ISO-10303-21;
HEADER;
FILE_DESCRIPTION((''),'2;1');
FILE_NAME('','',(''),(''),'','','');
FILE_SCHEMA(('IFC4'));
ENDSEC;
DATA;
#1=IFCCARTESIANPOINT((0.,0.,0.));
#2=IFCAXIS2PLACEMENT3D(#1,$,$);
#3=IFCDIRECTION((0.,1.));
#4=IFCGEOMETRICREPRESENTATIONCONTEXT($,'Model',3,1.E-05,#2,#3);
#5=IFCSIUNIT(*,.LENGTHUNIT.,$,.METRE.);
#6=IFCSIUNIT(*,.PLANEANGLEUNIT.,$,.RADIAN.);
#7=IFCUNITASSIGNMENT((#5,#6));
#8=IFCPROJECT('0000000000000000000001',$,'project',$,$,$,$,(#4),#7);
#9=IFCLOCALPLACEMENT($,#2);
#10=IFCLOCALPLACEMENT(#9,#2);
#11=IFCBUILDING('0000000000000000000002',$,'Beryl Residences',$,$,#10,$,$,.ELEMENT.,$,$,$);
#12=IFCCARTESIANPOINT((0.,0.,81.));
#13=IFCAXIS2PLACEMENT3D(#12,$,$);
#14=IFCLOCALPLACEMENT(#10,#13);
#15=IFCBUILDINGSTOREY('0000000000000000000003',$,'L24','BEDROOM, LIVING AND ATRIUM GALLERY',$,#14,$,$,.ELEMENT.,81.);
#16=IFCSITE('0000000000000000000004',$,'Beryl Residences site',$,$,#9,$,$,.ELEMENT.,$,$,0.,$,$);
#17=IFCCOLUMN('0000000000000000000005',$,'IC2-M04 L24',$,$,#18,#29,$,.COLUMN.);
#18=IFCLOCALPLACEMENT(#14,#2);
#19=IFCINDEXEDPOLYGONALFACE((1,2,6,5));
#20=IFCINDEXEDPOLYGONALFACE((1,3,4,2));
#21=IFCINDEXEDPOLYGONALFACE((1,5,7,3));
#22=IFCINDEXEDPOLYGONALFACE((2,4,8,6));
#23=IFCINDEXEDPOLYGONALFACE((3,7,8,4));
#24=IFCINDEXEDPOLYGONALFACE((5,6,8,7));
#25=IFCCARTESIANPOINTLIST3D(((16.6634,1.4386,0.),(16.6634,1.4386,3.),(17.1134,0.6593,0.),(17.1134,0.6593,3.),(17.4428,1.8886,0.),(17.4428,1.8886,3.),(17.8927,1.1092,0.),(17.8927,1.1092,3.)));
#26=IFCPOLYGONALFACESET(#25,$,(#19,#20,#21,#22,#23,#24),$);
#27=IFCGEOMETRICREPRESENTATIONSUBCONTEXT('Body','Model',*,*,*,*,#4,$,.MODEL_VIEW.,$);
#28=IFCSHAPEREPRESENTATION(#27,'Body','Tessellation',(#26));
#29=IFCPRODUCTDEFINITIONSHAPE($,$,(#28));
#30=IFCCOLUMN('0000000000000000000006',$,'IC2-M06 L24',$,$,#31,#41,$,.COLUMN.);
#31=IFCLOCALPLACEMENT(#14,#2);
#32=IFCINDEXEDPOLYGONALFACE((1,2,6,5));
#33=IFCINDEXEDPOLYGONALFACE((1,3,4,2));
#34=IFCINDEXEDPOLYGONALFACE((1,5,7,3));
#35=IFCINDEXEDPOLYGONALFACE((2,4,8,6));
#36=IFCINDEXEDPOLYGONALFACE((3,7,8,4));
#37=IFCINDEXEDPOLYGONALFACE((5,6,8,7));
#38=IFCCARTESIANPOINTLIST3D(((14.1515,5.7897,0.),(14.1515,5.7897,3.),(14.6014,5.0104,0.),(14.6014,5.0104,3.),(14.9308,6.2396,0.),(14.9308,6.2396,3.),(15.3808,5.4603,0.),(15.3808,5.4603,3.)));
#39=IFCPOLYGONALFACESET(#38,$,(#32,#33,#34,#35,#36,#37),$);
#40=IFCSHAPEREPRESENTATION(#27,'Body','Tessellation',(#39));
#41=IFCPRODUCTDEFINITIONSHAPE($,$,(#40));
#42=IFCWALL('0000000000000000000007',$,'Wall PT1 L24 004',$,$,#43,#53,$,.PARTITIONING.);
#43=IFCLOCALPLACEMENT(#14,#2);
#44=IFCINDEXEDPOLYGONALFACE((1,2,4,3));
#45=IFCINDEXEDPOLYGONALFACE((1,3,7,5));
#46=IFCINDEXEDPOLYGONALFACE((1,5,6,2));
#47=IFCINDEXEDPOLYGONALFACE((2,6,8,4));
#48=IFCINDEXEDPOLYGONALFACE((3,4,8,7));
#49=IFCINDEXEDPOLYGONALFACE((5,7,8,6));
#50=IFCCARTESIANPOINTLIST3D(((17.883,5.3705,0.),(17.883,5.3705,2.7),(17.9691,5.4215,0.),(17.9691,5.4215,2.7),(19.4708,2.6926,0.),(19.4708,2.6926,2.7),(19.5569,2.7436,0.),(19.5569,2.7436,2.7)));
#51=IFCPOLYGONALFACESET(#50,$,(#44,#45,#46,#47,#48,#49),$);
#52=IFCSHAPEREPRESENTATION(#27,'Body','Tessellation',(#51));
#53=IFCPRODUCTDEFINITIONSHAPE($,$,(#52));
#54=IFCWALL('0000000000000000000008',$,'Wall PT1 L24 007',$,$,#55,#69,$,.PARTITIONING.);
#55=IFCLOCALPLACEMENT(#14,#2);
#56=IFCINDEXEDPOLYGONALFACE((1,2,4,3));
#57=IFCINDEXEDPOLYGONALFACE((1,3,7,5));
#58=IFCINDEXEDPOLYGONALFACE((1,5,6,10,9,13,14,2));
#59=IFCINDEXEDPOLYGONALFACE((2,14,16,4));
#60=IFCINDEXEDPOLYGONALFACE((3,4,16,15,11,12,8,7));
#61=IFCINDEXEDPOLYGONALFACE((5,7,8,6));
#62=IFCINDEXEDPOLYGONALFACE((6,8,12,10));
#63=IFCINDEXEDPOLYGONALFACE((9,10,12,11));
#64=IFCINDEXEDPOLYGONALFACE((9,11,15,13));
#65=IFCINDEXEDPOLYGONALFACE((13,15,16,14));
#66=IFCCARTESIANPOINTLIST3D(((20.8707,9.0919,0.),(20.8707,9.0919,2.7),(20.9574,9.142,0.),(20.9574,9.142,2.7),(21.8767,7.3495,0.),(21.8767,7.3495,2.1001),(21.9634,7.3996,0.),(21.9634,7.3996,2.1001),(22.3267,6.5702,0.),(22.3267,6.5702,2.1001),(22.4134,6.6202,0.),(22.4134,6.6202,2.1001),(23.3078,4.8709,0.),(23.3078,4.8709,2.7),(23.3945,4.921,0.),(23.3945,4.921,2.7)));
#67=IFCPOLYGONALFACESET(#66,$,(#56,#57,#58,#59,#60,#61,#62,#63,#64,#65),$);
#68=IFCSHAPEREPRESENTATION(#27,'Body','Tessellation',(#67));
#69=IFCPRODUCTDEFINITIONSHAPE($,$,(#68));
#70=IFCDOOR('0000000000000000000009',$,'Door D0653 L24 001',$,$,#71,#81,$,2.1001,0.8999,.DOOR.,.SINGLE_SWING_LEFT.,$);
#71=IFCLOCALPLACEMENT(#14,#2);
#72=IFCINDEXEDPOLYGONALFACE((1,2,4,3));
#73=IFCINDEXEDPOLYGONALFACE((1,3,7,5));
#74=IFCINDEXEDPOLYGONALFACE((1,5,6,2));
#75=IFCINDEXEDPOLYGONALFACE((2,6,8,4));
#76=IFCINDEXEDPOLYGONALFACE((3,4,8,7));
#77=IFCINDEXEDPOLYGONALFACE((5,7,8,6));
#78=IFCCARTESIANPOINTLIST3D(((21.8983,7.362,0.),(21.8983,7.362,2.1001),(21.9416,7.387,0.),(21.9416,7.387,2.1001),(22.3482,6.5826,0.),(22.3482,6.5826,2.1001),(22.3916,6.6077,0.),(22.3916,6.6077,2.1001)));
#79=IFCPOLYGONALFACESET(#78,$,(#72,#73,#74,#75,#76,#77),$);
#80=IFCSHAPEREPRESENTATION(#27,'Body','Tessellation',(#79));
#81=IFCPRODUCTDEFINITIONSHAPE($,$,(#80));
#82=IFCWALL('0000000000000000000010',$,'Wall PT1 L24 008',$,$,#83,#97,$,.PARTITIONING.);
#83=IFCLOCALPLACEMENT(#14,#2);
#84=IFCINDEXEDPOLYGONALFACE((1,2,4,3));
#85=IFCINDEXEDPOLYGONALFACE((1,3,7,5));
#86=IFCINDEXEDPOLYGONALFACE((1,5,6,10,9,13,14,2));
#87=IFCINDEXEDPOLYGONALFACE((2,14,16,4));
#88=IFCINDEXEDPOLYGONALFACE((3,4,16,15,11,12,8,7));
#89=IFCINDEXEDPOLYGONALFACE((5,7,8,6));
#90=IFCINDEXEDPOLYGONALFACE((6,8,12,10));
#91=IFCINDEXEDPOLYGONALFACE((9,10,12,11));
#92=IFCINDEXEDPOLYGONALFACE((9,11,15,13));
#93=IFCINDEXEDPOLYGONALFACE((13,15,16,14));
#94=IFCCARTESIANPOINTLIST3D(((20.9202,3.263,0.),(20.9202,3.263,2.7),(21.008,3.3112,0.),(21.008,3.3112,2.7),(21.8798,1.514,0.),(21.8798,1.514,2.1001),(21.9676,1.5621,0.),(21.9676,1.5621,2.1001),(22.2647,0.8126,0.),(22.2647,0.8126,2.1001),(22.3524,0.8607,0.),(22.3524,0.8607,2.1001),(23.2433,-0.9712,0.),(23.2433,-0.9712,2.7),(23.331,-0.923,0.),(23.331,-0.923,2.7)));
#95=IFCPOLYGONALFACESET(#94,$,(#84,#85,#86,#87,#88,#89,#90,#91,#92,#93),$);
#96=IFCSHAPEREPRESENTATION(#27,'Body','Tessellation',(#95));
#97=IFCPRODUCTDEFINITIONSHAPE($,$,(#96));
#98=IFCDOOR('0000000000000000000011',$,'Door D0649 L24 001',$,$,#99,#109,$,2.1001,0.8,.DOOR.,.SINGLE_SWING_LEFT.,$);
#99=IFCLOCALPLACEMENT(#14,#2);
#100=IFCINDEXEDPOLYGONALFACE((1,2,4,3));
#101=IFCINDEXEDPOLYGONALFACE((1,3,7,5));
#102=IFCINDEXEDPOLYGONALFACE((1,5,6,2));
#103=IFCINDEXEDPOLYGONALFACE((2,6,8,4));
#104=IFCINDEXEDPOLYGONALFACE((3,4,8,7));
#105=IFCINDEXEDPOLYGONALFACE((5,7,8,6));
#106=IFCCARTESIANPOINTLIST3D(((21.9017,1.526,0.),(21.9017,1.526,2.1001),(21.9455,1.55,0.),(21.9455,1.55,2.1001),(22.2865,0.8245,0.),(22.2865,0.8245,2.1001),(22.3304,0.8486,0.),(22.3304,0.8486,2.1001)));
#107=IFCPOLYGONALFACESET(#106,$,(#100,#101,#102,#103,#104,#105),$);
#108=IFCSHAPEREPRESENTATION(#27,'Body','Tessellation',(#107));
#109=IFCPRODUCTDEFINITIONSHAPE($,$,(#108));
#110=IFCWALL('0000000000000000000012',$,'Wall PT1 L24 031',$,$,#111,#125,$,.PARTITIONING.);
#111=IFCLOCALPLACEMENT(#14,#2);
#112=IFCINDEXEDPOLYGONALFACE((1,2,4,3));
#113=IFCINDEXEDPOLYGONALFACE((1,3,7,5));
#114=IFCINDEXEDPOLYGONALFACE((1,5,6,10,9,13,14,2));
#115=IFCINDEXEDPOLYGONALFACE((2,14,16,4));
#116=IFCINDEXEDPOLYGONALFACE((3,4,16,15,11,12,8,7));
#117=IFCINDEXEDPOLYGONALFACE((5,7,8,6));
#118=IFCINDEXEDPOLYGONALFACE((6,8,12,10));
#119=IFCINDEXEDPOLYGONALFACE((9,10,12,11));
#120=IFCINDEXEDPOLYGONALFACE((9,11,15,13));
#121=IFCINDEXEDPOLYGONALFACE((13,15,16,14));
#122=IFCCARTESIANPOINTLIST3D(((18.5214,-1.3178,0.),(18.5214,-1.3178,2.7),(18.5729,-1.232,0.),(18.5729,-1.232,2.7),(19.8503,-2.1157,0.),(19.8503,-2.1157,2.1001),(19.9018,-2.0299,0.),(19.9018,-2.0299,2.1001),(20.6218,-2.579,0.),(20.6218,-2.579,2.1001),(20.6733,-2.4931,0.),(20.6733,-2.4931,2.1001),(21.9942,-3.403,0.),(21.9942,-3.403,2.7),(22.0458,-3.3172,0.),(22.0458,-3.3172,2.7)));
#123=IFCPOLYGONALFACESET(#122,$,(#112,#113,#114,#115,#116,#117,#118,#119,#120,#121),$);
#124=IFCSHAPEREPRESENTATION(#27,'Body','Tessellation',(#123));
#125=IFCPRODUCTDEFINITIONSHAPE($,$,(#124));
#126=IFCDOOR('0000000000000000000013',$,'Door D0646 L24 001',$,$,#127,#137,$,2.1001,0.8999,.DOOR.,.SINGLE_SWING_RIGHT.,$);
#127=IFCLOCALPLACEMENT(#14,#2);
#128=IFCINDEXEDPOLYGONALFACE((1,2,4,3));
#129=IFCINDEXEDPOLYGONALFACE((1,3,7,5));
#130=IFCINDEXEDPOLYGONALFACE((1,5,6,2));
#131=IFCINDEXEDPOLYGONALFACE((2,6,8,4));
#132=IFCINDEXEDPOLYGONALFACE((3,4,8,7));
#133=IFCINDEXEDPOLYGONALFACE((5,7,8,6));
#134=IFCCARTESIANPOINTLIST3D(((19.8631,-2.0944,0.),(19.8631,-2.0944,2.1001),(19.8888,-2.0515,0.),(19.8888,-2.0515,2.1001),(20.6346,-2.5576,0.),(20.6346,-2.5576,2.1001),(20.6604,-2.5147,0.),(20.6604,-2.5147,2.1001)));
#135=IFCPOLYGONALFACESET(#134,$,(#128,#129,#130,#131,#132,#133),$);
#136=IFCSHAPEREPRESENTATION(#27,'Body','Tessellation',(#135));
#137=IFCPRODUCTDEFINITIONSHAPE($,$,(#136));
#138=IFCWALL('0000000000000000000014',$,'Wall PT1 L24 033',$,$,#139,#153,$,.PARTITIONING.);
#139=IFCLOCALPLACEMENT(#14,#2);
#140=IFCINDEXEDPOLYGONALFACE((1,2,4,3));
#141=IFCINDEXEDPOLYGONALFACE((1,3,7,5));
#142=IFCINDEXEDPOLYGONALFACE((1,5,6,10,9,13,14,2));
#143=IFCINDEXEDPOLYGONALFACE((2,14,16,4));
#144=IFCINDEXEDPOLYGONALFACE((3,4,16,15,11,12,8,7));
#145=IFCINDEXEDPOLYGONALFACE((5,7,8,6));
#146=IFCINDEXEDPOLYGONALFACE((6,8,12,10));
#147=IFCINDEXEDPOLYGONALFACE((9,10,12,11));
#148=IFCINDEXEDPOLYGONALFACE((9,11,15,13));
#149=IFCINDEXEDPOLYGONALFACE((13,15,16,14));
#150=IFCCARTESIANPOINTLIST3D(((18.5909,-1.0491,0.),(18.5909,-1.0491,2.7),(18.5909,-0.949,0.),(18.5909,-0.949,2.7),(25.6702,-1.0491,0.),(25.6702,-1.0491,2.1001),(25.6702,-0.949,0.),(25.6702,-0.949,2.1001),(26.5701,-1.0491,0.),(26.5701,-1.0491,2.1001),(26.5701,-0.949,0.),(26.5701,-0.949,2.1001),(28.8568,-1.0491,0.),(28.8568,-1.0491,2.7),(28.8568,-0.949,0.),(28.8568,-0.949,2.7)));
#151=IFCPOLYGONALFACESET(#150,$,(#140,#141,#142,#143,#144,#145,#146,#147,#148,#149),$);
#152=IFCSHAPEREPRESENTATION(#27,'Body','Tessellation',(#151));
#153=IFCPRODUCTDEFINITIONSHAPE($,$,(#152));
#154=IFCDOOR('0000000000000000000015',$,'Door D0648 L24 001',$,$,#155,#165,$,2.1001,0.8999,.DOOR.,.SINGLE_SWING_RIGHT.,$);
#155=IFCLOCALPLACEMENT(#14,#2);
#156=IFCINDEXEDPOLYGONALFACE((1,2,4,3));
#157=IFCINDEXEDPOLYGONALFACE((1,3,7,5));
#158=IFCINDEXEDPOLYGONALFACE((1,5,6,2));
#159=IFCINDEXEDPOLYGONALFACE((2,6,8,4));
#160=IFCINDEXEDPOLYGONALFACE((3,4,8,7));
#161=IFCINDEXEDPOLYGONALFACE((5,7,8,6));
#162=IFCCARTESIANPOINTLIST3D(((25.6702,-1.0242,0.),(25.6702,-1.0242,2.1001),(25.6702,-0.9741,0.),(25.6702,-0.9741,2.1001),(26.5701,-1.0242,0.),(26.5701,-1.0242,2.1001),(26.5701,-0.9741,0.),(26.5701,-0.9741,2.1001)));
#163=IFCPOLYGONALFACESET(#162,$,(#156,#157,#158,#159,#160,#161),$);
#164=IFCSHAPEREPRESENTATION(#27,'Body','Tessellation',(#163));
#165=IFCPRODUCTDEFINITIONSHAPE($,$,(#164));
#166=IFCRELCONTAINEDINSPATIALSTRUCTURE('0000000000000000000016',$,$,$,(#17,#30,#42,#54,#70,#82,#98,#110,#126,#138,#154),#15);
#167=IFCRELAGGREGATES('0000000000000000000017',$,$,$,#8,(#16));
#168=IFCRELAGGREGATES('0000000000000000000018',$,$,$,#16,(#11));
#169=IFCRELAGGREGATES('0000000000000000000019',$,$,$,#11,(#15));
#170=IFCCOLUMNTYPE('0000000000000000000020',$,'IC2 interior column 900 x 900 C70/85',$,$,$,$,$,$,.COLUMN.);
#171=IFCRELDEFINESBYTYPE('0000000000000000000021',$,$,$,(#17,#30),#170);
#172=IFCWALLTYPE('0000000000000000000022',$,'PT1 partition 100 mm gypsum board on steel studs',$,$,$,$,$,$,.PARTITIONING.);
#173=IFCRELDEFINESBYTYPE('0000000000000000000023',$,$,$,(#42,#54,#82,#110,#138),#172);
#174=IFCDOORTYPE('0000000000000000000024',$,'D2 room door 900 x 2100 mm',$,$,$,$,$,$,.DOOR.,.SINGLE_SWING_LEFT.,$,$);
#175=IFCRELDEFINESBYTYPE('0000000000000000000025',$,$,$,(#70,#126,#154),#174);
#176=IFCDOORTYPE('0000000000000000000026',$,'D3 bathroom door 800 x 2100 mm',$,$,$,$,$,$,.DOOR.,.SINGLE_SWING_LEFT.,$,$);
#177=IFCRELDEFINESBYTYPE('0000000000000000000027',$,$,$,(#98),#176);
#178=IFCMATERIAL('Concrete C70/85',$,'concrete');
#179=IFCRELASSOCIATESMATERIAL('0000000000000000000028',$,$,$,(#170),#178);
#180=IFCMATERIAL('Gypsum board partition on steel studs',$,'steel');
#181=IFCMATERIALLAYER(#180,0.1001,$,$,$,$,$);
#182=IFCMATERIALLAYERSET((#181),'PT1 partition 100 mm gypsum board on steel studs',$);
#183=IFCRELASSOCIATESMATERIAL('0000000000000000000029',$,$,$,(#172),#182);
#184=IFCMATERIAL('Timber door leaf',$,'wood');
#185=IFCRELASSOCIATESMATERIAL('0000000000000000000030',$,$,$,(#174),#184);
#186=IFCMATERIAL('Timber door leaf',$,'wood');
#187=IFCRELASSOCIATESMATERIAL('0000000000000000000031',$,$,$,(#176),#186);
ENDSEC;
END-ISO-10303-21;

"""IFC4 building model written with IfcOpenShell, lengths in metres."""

from ifc_helpers import new_model, si_unit, direction, frame, frame_2d, origin, origin_2d, place, context, subcontext, project, spatial, rectangle, extrude, material, layer, layer_set, material_profile, profile_set, type_object, element, fill, save


model = new_model("IFC4")

# Units and contexts
model_context = context("Model", 3, precision=1e-05, world=origin(), true_north=direction((0.0, 1.0)))
body_context = subcontext(model_context, "Body", "Model", "MODEL_VIEW")
ifc_project = project(units=[si_unit("LENGTHUNIT", "METRE"), si_unit("PLANEANGLEUNIT", "RADIAN")], contexts=[model_context])

# Site, building, storey
site_placement = place(None, origin())
site = spatial("IfcSite", under=ifc_project, at=site_placement, Name="Beryl Residences site", CompositionType="ELEMENT", RefElevation=0.0)
building_placement = place(site_placement, origin())
building = spatial("IfcBuilding", under=site, at=building_placement, Name="Beryl Residences", CompositionType="ELEMENT")
storey_placement = place(building_placement, frame((0.0, 0.0, 81.0)))
storey = spatial("IfcBuildingStorey", under=building, at=storey_placement, Name="L24", Description="BEDROOM, LIVING AND ATRIUM GALLERY", CompositionType="ELEMENT", Elevation=81.0)

# Columns
ifc_material_1 = material(Name="Concrete C70/85", Category="concrete")
ifc_material_profile = material_profile(ifc_material_1, rectangle(XDim=0.8999, YDim=0.8999, at=origin_2d()))
ifc_profile_set = profile_set([ifc_material_profile], Name="Concrete C70/85")
column_type = type_object("IfcColumnType", Name="IC2 interior column 900 x 900 C70/85", PredefinedType="COLUMN", material=ifc_profile_set)
for number, where, z_axis, x_axis, name in (
    (1, (17.2781, 1.2739, 0.0), (0.0, 0.0, 1.0), (-0.5, 0.866025, 0.0), "IC2-M04 L24"),
    (2, (14.7661, 5.625, 0.0), (0.0, 0.0, 1.0), (-0.5, 0.866025, 0.0), "IC2-M06 L24"),
):
    element("IfcColumn", number, at=place(storey_placement, frame(where, z_axis=z_axis, x_axis=x_axis)), inside=storey, type_object=column_type, Name=name, PredefinedType="COLUMN", context=body_context, shape_type="SweptSolid", body=[
        extrude(rectangle(XDim=0.8999, YDim=0.8999, at=origin_2d()), origin(), (0.0, 0.0, 1.0), 3.0),
    ])

# Wall
ifc_material_2 = material(Name="Gypsum board partition on steel studs", Category="steel")
ifc_layer_1 = layer(ifc_material_2, 0.1001)
ifc_layer_set_1 = layer_set([ifc_layer_1], Name="PT1 partition 100 mm gypsum board on steel studs")
wall_type_1 = type_object("IfcWallType", Name="PT1 partition 100 mm gypsum board on steel studs", PredefinedType="PARTITIONING", material=ifc_layer_set_1)
wall_1_placement = place(storey_placement, frame((17.926, 5.396, 0.0), z_axis=(0.0, 0.0, 1.0), x_axis=(0.510026, -0.860159, 0.0)))
element("IfcWall", 3, at=wall_1_placement, inside=storey, type_object=wall_type_1, Name="Wall PT1 L24 004", PredefinedType="PARTITIONING", context=body_context, shape_type="SweptSolid", body=[
    extrude(rectangle(XDim=3.1133, YDim=0.1001, at=frame_2d((1.5566, 0.0))), origin(), (0.0, 0.0, 1.0), 2.7),
])

# Walls, openings, doors
wall_2_placement = place(storey_placement, frame((20.9141, 9.1169, 0.0), z_axis=(0.0, 0.0, 1.0), x_axis=(0.500007, -0.866021, 0.0)))
wall_2 = element("IfcWall", 4, at=wall_2_placement, inside=storey, type_object=wall_type_1, Name="Wall PT1 L24 007", PredefinedType="PARTITIONING", context=body_context, shape_type="SweptSolid", body=[
    extrude(rectangle(XDim=4.874, YDim=0.1001, at=frame_2d((2.437, 0.0))), origin(), (0.0, 0.0, 1.0), 2.7),
])
opening_1_placement = place(wall_2_placement, frame((2.012, 0.0, 0.0)))
opening_1 = element("IfcOpeningElement", 5, at=opening_1_placement, cuts=wall_2, PredefinedType="OPENING", context=body_context, shape_type="SweptSolid", body=[
    extrude(rectangle(XDim=0.8999, YDim=2.1001, at=frame_2d((0.45, 1.05))), frame((0.0, 0.0601, 0.0), z_axis=(0.0, -1.0, 0.0), x_axis=(1.0, 0.0, 0.0)), (0.0, 0.0, 1.0), 0.1201),
])
ifc_material_3 = material(Name="Timber door leaf", Category="wood")
door_type_1 = type_object("IfcDoorType", Name="D2 room door 900 x 2100 mm", OperationType="SINGLE_SWING_LEFT", PredefinedType="DOOR", material=ifc_material_3)
door_1_placement = place(opening_1_placement, origin())
door_1 = element("IfcDoor", 6, at=door_1_placement, inside=storey, type_object=door_type_1, Name="Door D0653 L24 001", OperationType="SINGLE_SWING_LEFT", OverallHeight=2.1001, OverallWidth=0.8999, PredefinedType="DOOR", context=body_context, shape_type="SweptSolid", body=[
    extrude(rectangle(XDim=0.8999, YDim=2.1001, at=frame_2d((0.45, 1.05))), frame((0.0, 0.0249, 0.0), z_axis=(0.0, -1.0, 0.0), x_axis=(1.0, 0.0, 0.0)), (0.0, 0.0, 1.0), 0.05),
])
fill(opening_1, door_1)
wall_3_placement = place(storey_placement, frame((20.9641, 3.2871, 0.0), z_axis=(0.0, 0.0, 1.0), x_axis=(0.481001, -0.87672, 0.0)))
wall_3 = element("IfcWall", 7, at=wall_3_placement, inside=storey, type_object=wall_type_1, Name="Wall PT1 L24 008", PredefinedType="PARTITIONING", context=body_context, shape_type="SweptSolid", body=[
    extrude(rectangle(XDim=4.8296, YDim=0.1001, at=frame_2d((2.4148, 0.0))), origin(), (0.0, 0.0, 1.0), 2.7),
])
opening_2_placement = place(wall_3_placement, frame((1.9951, 0.0, 0.0)))
opening_2 = element("IfcOpeningElement", 8, at=opening_2_placement, cuts=wall_3, PredefinedType="OPENING", context=body_context, shape_type="SweptSolid", body=[
    extrude(rectangle(XDim=0.8, YDim=2.1001, at=frame_2d((0.3999, 1.05))), frame((0.0, 0.0601, 0.0), z_axis=(0.0, -1.0, 0.0), x_axis=(1.0, 0.0, 0.0)), (0.0, 0.0, 1.0), 0.1201),
])
ifc_material_4 = material(Name="Timber door leaf", Category="wood")
door_type_2 = type_object("IfcDoorType", Name="D3 bathroom door 800 x 2100 mm", OperationType="SINGLE_SWING_LEFT", PredefinedType="DOOR", material=ifc_material_4)
door_2_placement = place(opening_2_placement, origin())
door_2 = element("IfcDoor", 9, at=door_2_placement, inside=storey, type_object=door_type_2, Name="Door D0649 L24 001", OperationType="SINGLE_SWING_LEFT", OverallHeight=2.1001, OverallWidth=0.8, PredefinedType="DOOR", context=body_context, shape_type="SweptSolid", body=[
    extrude(rectangle(XDim=0.8, YDim=2.1001, at=frame_2d((0.3999, 1.05))), frame((0.0, 0.0249, 0.0), z_axis=(0.0, -1.0, 0.0), x_axis=(1.0, 0.0, 0.0)), (0.0, 0.0, 1.0), 0.05),
])
fill(opening_2, door_2)
wall_4_placement = place(storey_placement, frame((18.5471, -1.2749, 0.0), z_axis=(0.0, 0.0, 1.0), x_axis=(0.857333, -0.514762, 0.0)))
wall_4 = element("IfcWall", 10, at=wall_4_placement, inside=storey, type_object=wall_type_1, Name="Wall PT1 L24 031", PredefinedType="PARTITIONING", context=body_context, shape_type="SweptSolid", body=[
    extrude(rectangle(XDim=4.0508, YDim=0.1001, at=frame_2d((2.0254, 0.0))), origin(), (0.0, 0.0, 1.0), 2.7),
])
opening_3_placement = place(wall_4_placement, frame((1.55, 0.0, 0.0)))
opening_3 = element("IfcOpeningElement", 11, at=opening_3_placement, cuts=wall_4, PredefinedType="OPENING", context=body_context, shape_type="SweptSolid", body=[
    extrude(rectangle(XDim=0.8999, YDim=2.1001, at=frame_2d((0.45, 1.05))), frame((0.0, 0.0601, 0.0), z_axis=(0.0, -1.0, 0.0), x_axis=(1.0, 0.0, 0.0)), (0.0, 0.0, 1.0), 0.1201),
])
door_3_placement = place(opening_3_placement, origin())
door_3 = element("IfcDoor", 12, at=door_3_placement, inside=storey, type_object=door_type_1, Name="Door D0646 L24 001", OperationType="SINGLE_SWING_RIGHT", OverallHeight=2.1001, OverallWidth=0.8999, PredefinedType="DOOR", context=body_context, shape_type="SweptSolid", body=[
    extrude(rectangle(XDim=0.8999, YDim=2.1001, at=frame_2d((0.45, 1.05))), frame((0.0, 0.0249, 0.0), z_axis=(0.0, -1.0, 0.0), x_axis=(1.0, 0.0, 0.0)), (0.0, 0.0, 1.0), 0.05),
])
fill(opening_3, door_3)
wall_5_placement = place(storey_placement, frame((18.5911, -0.999, 0.0), z_axis=(0.0, 0.0, 1.0), x_axis=(1.0, 0.0, 0.0)))
wall_5 = element("IfcWall", 13, at=wall_5_placement, inside=storey, type_object=wall_type_1, Name="Wall PT1 L24 033", PredefinedType="PARTITIONING", context=body_context, shape_type="SweptSolid", body=[
    extrude(rectangle(XDim=10.2659, YDim=0.1001, at=frame_2d((5.1328, 0.0))), origin(), (0.0, 0.0, 1.0), 2.7),
])
opening_4_placement = place(wall_5_placement, frame((7.0791, 0.0, 0.0)))
opening_4 = element("IfcOpeningElement", 14, at=opening_4_placement, cuts=wall_5, PredefinedType="OPENING", context=body_context, shape_type="SweptSolid", body=[
    extrude(rectangle(XDim=0.8999, YDim=2.1001, at=frame_2d((0.45, 1.05))), frame((0.0, 0.0601, 0.0), z_axis=(0.0, -1.0, 0.0), x_axis=(1.0, 0.0, 0.0)), (0.0, 0.0, 1.0), 0.1201),
])
door_4_placement = place(opening_4_placement, origin())
door_4 = element("IfcDoor", 15, at=door_4_placement, inside=storey, type_object=door_type_1, Name="Door D0648 L24 001", OperationType="SINGLE_SWING_RIGHT", OverallHeight=2.1001, OverallWidth=0.8999, PredefinedType="DOOR", context=body_context, shape_type="SweptSolid", body=[
    extrude(rectangle(XDim=0.8999, YDim=2.1001, at=frame_2d((0.45, 1.05))), frame((0.0, 0.0249, 0.0), z_axis=(0.0, -1.0, 0.0), x_axis=(1.0, 0.0, 0.0)), (0.0, 0.0, 1.0), 0.05),
])
fill(opening_4, door_4)

save(model, "model.ifc")
